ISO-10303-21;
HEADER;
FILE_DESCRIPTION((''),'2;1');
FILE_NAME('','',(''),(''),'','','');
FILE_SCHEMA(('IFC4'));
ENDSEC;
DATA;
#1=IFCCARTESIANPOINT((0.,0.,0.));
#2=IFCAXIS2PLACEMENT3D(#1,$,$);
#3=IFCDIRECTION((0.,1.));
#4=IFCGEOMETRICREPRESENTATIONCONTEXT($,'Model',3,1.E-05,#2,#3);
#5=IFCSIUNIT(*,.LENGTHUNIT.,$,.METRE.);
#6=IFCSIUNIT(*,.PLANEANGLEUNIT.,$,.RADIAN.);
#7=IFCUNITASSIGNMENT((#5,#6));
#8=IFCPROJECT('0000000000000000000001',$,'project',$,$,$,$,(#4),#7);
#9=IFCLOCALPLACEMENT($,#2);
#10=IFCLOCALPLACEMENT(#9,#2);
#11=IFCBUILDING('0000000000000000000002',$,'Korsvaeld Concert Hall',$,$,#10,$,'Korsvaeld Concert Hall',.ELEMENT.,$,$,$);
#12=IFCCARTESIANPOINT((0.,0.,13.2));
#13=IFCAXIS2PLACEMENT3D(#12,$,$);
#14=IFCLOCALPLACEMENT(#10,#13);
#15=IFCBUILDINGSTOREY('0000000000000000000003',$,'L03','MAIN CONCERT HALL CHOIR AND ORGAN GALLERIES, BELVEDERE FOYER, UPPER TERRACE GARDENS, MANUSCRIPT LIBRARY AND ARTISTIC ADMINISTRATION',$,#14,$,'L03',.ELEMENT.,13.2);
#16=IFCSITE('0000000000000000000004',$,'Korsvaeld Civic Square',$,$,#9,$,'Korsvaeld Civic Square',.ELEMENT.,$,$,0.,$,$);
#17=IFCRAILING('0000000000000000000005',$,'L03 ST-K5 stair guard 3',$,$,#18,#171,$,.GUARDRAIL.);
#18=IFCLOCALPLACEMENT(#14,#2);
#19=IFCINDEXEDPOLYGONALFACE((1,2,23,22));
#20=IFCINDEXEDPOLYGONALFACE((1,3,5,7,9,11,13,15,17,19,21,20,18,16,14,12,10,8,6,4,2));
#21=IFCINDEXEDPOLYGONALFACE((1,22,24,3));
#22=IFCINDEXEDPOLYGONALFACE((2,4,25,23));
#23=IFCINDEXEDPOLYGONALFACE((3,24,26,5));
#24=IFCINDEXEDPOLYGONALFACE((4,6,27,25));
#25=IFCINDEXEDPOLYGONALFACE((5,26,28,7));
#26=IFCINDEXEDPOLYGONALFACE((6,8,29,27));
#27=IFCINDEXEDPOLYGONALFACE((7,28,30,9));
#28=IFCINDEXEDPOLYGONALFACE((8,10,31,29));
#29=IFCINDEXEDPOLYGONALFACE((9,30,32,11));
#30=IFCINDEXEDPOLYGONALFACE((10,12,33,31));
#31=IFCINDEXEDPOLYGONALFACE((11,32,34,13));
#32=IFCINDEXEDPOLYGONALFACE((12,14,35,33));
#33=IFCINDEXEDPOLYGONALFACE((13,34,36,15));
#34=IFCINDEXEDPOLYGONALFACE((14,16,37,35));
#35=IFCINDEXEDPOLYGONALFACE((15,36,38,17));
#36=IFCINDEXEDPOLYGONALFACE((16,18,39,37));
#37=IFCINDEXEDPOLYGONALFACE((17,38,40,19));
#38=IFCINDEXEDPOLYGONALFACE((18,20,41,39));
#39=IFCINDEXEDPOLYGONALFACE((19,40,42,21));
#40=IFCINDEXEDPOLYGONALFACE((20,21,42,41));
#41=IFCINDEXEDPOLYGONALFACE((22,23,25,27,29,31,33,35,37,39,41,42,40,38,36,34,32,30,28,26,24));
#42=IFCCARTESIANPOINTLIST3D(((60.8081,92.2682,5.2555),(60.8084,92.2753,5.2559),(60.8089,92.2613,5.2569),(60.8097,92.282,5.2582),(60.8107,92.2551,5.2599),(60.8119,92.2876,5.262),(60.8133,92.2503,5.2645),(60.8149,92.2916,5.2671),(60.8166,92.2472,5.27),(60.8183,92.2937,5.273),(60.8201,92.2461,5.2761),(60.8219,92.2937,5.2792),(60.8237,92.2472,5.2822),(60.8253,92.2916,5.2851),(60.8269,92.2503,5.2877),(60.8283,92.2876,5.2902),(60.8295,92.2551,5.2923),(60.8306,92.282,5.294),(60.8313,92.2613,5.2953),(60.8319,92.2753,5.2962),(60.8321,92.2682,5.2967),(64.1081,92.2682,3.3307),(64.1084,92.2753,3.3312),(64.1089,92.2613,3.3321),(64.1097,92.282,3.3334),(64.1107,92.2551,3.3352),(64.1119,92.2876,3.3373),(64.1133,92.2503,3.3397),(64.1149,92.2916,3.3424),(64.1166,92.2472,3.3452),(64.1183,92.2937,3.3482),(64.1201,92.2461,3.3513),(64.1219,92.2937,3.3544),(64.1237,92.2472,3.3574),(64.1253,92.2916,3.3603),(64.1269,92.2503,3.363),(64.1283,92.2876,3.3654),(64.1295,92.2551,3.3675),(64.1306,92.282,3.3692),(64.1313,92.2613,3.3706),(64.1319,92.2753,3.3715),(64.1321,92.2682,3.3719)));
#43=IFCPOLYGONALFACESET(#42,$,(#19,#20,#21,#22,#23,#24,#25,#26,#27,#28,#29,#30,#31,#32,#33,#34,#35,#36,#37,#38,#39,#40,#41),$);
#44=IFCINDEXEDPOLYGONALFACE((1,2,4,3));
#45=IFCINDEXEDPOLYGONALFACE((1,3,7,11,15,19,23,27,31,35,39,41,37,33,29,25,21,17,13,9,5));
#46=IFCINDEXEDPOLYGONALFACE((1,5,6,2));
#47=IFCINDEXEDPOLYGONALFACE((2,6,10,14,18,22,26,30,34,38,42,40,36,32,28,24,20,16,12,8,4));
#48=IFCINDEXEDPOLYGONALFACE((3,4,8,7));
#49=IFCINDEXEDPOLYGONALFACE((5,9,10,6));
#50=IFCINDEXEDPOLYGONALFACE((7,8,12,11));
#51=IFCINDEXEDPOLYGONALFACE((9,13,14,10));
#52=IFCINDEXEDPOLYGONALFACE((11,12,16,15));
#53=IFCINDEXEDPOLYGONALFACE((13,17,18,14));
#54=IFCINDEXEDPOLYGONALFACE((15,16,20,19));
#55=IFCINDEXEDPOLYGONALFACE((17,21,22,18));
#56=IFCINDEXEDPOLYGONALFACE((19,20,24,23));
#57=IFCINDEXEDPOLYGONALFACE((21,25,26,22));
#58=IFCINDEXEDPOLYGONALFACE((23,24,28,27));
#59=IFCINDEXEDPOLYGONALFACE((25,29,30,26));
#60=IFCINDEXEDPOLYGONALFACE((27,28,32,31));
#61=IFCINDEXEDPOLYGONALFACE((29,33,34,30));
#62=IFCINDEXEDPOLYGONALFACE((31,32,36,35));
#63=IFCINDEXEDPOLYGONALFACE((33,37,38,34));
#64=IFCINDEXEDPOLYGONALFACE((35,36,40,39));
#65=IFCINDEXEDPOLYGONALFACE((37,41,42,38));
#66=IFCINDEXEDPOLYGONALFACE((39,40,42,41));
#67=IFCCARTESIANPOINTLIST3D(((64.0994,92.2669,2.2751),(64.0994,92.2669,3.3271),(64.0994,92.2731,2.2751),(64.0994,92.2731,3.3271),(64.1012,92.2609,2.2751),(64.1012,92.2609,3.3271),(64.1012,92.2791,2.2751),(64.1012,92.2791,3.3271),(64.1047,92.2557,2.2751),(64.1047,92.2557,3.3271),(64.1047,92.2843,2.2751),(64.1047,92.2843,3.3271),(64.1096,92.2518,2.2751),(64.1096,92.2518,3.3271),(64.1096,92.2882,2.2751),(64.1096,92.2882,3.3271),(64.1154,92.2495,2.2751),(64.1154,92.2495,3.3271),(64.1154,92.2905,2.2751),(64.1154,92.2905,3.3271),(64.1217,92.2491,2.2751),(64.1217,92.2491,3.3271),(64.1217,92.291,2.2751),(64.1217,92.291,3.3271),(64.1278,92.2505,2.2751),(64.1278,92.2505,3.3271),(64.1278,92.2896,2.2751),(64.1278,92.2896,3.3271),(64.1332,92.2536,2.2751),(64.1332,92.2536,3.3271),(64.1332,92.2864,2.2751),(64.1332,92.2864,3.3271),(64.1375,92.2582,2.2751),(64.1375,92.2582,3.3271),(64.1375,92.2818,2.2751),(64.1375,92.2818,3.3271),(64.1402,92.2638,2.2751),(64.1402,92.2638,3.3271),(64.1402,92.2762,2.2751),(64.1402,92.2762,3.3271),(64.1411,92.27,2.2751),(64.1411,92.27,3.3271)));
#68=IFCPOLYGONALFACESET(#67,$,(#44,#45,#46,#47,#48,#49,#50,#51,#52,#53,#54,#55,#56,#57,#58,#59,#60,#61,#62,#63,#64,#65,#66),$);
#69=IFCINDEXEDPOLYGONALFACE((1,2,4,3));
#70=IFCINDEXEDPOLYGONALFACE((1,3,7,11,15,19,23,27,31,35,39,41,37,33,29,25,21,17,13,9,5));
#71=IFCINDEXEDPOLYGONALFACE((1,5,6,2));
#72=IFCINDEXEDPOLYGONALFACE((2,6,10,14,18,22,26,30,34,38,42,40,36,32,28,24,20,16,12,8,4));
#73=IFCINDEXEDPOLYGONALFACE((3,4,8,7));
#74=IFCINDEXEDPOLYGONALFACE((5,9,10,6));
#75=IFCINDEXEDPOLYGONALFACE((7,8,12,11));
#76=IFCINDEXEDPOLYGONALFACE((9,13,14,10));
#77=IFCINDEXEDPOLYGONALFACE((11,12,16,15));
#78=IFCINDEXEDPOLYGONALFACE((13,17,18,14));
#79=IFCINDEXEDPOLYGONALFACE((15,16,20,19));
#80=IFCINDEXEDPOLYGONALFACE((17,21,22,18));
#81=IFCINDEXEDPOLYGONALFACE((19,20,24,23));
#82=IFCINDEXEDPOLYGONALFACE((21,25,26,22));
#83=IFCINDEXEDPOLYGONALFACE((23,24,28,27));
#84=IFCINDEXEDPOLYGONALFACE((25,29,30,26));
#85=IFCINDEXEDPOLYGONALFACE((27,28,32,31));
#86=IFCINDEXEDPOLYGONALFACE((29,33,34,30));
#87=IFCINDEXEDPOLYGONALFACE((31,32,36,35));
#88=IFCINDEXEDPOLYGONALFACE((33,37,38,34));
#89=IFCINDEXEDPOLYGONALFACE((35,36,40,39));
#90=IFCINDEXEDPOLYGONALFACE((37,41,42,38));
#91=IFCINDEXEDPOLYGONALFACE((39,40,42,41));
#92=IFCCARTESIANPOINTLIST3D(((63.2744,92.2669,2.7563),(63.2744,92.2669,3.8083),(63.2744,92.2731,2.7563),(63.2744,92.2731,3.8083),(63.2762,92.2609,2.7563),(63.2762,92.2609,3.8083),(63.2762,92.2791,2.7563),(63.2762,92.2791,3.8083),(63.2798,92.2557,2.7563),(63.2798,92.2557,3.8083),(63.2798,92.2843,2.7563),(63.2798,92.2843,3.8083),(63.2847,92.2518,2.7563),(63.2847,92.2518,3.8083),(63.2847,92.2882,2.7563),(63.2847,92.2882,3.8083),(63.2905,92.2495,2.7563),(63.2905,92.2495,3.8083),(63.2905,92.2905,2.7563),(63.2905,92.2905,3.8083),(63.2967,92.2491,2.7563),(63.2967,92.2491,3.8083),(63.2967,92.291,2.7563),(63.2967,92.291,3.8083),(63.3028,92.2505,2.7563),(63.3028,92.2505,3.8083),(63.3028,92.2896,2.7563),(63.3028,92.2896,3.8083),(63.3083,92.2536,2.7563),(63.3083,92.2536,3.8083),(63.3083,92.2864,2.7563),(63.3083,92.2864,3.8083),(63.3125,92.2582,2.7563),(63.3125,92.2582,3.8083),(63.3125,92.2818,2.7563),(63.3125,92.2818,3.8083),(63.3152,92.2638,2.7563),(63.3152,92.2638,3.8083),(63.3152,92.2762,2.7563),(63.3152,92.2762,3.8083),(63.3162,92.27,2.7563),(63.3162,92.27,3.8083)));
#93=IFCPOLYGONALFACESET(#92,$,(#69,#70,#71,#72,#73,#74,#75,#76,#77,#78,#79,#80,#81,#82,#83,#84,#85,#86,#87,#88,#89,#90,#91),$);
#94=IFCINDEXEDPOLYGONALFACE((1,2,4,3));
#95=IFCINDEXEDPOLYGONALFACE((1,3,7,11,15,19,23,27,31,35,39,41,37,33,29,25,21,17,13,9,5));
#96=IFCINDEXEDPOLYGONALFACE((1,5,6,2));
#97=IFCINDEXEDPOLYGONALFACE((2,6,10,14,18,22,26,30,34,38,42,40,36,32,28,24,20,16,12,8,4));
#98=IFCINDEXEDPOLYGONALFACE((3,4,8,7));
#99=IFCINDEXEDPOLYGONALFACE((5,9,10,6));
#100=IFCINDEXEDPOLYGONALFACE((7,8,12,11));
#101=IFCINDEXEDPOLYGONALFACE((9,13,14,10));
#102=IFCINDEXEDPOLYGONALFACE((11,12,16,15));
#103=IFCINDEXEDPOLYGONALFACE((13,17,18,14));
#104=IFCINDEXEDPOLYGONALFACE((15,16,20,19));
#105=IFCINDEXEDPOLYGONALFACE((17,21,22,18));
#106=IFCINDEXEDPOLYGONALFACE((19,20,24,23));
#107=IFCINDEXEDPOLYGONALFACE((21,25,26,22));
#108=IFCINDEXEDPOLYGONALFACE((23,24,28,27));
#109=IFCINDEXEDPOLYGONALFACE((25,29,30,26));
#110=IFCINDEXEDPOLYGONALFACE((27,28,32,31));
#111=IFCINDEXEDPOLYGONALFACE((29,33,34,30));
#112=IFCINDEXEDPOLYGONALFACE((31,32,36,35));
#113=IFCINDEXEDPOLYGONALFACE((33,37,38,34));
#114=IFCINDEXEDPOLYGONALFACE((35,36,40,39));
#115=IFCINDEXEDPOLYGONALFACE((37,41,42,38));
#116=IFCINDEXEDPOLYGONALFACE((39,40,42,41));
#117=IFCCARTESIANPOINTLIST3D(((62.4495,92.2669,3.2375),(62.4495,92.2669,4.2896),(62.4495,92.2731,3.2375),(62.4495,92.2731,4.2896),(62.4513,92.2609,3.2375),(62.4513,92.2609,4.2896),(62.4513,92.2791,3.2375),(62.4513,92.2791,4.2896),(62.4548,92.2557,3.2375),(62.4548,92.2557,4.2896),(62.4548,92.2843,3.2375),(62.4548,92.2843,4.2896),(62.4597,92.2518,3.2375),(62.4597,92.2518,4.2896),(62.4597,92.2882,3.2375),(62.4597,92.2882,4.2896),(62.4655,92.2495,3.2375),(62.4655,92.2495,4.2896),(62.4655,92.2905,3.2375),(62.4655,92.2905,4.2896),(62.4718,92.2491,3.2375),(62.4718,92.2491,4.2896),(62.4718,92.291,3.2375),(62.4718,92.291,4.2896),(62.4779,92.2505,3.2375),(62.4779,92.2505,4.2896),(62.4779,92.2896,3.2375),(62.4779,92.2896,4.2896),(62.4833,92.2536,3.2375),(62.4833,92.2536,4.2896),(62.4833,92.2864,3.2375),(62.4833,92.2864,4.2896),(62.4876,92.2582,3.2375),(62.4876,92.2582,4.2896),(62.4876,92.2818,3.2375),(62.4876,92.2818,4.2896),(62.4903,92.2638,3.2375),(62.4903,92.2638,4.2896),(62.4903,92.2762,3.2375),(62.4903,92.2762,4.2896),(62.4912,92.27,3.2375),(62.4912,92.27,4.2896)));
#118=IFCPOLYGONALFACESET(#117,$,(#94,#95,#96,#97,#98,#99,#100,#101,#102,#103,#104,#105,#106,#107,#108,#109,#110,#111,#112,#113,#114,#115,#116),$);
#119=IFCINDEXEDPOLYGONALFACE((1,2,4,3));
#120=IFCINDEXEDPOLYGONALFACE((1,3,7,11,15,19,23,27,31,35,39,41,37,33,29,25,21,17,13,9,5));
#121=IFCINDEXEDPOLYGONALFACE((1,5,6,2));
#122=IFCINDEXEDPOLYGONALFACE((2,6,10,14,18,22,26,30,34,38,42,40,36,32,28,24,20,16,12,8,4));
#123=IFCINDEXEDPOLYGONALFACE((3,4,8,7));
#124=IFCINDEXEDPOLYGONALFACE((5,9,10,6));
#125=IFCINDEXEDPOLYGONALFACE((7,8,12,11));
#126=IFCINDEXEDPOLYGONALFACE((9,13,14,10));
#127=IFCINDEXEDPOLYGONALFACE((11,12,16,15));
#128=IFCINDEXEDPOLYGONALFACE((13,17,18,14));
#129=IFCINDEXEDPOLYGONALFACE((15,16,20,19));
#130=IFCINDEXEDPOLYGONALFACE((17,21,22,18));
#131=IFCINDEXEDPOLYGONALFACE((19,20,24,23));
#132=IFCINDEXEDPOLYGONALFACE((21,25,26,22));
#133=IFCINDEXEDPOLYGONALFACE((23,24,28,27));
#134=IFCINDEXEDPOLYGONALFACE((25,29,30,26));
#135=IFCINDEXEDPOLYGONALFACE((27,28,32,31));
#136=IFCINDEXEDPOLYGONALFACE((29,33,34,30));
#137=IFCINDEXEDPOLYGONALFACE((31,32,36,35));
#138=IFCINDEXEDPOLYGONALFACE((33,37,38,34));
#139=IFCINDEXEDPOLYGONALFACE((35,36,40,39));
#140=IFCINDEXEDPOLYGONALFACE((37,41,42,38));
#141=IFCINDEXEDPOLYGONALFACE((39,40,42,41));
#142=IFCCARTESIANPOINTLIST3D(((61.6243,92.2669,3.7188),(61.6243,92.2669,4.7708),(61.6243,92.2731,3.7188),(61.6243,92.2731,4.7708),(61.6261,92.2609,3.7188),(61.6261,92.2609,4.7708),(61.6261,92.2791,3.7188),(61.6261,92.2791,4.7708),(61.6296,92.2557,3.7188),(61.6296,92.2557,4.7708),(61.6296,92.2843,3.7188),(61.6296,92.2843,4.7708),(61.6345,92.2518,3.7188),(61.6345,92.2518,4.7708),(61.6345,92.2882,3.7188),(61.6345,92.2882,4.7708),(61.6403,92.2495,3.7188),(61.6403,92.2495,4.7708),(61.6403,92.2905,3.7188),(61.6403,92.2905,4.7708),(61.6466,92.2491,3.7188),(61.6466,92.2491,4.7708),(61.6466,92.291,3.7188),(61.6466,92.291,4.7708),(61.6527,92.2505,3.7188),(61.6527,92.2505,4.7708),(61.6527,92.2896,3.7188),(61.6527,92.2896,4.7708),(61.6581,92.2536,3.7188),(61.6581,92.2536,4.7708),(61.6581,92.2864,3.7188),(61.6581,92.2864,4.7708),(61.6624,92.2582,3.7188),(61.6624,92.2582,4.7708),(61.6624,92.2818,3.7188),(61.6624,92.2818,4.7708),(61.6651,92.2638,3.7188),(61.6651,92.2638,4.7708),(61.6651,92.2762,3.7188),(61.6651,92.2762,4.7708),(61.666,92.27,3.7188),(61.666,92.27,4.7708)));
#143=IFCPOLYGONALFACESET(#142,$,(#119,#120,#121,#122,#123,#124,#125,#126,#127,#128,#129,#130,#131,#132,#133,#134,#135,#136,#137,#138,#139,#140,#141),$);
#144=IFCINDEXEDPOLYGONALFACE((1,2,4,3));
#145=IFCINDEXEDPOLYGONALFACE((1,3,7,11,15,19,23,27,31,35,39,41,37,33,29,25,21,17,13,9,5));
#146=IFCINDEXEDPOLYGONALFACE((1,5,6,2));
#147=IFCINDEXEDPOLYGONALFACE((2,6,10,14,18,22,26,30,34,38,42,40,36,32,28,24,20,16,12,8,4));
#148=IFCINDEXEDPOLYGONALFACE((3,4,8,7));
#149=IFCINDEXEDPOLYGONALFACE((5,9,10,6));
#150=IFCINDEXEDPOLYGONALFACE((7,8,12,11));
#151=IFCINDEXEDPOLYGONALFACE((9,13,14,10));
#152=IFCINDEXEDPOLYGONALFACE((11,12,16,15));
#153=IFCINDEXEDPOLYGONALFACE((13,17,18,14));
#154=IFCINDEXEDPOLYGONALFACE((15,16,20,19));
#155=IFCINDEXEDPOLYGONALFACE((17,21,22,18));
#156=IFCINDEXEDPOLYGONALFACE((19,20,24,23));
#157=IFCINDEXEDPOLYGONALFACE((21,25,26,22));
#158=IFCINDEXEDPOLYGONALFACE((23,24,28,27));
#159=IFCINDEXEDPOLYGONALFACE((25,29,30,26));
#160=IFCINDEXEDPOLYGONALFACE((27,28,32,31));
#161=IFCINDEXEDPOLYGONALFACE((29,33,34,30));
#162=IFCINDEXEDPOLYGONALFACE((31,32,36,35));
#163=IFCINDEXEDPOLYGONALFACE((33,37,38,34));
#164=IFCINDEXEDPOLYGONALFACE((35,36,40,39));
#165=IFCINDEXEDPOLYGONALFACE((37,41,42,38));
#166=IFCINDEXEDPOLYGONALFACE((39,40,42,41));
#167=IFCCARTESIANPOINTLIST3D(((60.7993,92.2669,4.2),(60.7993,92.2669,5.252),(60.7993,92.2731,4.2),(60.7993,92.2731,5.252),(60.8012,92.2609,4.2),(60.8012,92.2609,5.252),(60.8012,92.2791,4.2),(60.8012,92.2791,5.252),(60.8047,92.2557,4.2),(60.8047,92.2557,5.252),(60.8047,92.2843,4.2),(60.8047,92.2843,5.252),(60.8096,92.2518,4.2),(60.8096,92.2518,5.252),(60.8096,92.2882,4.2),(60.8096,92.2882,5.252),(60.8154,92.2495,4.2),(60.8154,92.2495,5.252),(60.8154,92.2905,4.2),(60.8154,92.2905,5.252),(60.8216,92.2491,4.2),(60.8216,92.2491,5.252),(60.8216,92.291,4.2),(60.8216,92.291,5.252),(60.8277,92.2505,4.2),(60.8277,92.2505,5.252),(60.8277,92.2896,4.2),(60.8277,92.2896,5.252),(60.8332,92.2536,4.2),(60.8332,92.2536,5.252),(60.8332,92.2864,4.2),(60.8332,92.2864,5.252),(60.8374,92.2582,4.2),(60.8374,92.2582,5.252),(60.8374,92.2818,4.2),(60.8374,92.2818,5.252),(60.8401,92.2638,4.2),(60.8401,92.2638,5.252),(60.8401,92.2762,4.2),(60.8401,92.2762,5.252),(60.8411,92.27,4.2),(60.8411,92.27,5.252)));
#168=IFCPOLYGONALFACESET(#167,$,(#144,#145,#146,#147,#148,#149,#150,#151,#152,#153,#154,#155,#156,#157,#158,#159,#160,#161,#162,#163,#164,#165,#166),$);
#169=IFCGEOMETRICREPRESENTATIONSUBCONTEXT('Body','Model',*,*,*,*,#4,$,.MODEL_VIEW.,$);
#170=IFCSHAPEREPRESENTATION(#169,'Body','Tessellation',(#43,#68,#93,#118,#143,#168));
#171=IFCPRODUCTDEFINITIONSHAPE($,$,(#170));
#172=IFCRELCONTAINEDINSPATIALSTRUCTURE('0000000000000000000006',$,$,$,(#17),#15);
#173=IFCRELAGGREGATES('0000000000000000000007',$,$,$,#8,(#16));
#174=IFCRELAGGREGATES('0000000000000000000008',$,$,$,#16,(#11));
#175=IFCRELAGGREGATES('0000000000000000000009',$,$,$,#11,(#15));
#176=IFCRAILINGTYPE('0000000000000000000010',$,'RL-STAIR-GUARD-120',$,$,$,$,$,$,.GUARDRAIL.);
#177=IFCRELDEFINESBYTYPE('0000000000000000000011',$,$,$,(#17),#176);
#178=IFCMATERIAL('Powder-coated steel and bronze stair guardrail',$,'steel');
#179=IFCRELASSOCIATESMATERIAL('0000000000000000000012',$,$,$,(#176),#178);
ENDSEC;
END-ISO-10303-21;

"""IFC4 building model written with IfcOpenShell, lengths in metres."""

from ifc_helpers import new_model, si_unit, direction, frame, origin, origin_2d, place, context, subcontext, project, spatial, circle, extrude, material, type_object, element, save


model = new_model("IFC4")

# Units and contexts
model_context = context("Model", 3, precision=1e-05, world=origin(), true_north=direction((0.0, 1.0)))
body_context = subcontext(model_context, "Body", "Model", "MODEL_VIEW")
ifc_project = project(units=[si_unit("LENGTHUNIT", "METRE"), si_unit("PLANEANGLEUNIT", "RADIAN")], contexts=[model_context])

# Site, building, storey
site_placement = place(None, origin())
site = spatial("IfcSite", under=ifc_project, at=site_placement, Name="Korsvaeld Civic Square", LongName="Korsvaeld Civic Square", CompositionType="ELEMENT", RefElevation=0.0)
building_placement = place(site_placement, origin())
building = spatial("IfcBuilding", under=site, at=building_placement, Name="Korsvaeld Concert Hall", LongName="Korsvaeld Concert Hall", CompositionType="ELEMENT")
storey_placement = place(building_placement, frame((0.0, 0.0, 13.2)))
storey = spatial("IfcBuildingStorey", under=building, at=storey_placement, Name="L03", Description="MAIN CONCERT HALL CHOIR AND ORGAN GALLERIES, BELVEDERE FOYER, UPPER TERRACE GARDENS, MANUSCRIPT LIBRARY AND ARTISTIC ADMINISTRATION", LongName="L03", CompositionType="ELEMENT", Elevation=13.2)

# Railing
ifc_material_1 = material(Name="Powder-coated steel and bronze stair guardrail", Category="steel")
railing_type_1 = type_object("IfcRailingType", Name="RL-STAIR-GUARD-120", PredefinedType="GUARDRAIL", material=ifc_material_1)
railing_1_placement = place(storey_placement, frame((64.1201, 92.27, 2.2751)))
element("IfcRailing", 1, at=railing_1_placement, inside=storey, type_object=railing_type_1, Name="L03 ST-K5 stair guard 3", PredefinedType="GUARDRAIL", context=body_context, shape_type="SweptSolid", body=[
    extrude(circle(Radius=0.0239, at=origin_2d()), frame((0.0, 0.0, 1.0762), z_axis=(-0.863804, 0.0, 0.503827), x_axis=(0.0, -1.0, 0.0)), (0.0, 0.0, 1.0), 3.8203),
    extrude(circle(Radius=0.021, at=origin_2d()), origin(), (0.0, 0.0, 1.0), 1.052),
    extrude(circle(Radius=0.021, at=origin_2d()), frame((-0.825, 0.0, 0.4812)), (0.0, 0.0, 1.0), 1.052),
    extrude(circle(Radius=0.021, at=origin_2d()), frame((-1.6499, 0.0, 0.9624)), (0.0, 0.0, 1.0), 1.052),
    extrude(circle(Radius=0.021, at=origin_2d()), frame((-2.4751, 0.0, 1.4436)), (0.0, 0.0, 1.0), 1.052),
    extrude(circle(Radius=0.021, at=origin_2d()), frame((-3.3, 0.0, 1.9248)), (0.0, 0.0, 1.0), 1.052),
])

save(model, "model.ifc")
